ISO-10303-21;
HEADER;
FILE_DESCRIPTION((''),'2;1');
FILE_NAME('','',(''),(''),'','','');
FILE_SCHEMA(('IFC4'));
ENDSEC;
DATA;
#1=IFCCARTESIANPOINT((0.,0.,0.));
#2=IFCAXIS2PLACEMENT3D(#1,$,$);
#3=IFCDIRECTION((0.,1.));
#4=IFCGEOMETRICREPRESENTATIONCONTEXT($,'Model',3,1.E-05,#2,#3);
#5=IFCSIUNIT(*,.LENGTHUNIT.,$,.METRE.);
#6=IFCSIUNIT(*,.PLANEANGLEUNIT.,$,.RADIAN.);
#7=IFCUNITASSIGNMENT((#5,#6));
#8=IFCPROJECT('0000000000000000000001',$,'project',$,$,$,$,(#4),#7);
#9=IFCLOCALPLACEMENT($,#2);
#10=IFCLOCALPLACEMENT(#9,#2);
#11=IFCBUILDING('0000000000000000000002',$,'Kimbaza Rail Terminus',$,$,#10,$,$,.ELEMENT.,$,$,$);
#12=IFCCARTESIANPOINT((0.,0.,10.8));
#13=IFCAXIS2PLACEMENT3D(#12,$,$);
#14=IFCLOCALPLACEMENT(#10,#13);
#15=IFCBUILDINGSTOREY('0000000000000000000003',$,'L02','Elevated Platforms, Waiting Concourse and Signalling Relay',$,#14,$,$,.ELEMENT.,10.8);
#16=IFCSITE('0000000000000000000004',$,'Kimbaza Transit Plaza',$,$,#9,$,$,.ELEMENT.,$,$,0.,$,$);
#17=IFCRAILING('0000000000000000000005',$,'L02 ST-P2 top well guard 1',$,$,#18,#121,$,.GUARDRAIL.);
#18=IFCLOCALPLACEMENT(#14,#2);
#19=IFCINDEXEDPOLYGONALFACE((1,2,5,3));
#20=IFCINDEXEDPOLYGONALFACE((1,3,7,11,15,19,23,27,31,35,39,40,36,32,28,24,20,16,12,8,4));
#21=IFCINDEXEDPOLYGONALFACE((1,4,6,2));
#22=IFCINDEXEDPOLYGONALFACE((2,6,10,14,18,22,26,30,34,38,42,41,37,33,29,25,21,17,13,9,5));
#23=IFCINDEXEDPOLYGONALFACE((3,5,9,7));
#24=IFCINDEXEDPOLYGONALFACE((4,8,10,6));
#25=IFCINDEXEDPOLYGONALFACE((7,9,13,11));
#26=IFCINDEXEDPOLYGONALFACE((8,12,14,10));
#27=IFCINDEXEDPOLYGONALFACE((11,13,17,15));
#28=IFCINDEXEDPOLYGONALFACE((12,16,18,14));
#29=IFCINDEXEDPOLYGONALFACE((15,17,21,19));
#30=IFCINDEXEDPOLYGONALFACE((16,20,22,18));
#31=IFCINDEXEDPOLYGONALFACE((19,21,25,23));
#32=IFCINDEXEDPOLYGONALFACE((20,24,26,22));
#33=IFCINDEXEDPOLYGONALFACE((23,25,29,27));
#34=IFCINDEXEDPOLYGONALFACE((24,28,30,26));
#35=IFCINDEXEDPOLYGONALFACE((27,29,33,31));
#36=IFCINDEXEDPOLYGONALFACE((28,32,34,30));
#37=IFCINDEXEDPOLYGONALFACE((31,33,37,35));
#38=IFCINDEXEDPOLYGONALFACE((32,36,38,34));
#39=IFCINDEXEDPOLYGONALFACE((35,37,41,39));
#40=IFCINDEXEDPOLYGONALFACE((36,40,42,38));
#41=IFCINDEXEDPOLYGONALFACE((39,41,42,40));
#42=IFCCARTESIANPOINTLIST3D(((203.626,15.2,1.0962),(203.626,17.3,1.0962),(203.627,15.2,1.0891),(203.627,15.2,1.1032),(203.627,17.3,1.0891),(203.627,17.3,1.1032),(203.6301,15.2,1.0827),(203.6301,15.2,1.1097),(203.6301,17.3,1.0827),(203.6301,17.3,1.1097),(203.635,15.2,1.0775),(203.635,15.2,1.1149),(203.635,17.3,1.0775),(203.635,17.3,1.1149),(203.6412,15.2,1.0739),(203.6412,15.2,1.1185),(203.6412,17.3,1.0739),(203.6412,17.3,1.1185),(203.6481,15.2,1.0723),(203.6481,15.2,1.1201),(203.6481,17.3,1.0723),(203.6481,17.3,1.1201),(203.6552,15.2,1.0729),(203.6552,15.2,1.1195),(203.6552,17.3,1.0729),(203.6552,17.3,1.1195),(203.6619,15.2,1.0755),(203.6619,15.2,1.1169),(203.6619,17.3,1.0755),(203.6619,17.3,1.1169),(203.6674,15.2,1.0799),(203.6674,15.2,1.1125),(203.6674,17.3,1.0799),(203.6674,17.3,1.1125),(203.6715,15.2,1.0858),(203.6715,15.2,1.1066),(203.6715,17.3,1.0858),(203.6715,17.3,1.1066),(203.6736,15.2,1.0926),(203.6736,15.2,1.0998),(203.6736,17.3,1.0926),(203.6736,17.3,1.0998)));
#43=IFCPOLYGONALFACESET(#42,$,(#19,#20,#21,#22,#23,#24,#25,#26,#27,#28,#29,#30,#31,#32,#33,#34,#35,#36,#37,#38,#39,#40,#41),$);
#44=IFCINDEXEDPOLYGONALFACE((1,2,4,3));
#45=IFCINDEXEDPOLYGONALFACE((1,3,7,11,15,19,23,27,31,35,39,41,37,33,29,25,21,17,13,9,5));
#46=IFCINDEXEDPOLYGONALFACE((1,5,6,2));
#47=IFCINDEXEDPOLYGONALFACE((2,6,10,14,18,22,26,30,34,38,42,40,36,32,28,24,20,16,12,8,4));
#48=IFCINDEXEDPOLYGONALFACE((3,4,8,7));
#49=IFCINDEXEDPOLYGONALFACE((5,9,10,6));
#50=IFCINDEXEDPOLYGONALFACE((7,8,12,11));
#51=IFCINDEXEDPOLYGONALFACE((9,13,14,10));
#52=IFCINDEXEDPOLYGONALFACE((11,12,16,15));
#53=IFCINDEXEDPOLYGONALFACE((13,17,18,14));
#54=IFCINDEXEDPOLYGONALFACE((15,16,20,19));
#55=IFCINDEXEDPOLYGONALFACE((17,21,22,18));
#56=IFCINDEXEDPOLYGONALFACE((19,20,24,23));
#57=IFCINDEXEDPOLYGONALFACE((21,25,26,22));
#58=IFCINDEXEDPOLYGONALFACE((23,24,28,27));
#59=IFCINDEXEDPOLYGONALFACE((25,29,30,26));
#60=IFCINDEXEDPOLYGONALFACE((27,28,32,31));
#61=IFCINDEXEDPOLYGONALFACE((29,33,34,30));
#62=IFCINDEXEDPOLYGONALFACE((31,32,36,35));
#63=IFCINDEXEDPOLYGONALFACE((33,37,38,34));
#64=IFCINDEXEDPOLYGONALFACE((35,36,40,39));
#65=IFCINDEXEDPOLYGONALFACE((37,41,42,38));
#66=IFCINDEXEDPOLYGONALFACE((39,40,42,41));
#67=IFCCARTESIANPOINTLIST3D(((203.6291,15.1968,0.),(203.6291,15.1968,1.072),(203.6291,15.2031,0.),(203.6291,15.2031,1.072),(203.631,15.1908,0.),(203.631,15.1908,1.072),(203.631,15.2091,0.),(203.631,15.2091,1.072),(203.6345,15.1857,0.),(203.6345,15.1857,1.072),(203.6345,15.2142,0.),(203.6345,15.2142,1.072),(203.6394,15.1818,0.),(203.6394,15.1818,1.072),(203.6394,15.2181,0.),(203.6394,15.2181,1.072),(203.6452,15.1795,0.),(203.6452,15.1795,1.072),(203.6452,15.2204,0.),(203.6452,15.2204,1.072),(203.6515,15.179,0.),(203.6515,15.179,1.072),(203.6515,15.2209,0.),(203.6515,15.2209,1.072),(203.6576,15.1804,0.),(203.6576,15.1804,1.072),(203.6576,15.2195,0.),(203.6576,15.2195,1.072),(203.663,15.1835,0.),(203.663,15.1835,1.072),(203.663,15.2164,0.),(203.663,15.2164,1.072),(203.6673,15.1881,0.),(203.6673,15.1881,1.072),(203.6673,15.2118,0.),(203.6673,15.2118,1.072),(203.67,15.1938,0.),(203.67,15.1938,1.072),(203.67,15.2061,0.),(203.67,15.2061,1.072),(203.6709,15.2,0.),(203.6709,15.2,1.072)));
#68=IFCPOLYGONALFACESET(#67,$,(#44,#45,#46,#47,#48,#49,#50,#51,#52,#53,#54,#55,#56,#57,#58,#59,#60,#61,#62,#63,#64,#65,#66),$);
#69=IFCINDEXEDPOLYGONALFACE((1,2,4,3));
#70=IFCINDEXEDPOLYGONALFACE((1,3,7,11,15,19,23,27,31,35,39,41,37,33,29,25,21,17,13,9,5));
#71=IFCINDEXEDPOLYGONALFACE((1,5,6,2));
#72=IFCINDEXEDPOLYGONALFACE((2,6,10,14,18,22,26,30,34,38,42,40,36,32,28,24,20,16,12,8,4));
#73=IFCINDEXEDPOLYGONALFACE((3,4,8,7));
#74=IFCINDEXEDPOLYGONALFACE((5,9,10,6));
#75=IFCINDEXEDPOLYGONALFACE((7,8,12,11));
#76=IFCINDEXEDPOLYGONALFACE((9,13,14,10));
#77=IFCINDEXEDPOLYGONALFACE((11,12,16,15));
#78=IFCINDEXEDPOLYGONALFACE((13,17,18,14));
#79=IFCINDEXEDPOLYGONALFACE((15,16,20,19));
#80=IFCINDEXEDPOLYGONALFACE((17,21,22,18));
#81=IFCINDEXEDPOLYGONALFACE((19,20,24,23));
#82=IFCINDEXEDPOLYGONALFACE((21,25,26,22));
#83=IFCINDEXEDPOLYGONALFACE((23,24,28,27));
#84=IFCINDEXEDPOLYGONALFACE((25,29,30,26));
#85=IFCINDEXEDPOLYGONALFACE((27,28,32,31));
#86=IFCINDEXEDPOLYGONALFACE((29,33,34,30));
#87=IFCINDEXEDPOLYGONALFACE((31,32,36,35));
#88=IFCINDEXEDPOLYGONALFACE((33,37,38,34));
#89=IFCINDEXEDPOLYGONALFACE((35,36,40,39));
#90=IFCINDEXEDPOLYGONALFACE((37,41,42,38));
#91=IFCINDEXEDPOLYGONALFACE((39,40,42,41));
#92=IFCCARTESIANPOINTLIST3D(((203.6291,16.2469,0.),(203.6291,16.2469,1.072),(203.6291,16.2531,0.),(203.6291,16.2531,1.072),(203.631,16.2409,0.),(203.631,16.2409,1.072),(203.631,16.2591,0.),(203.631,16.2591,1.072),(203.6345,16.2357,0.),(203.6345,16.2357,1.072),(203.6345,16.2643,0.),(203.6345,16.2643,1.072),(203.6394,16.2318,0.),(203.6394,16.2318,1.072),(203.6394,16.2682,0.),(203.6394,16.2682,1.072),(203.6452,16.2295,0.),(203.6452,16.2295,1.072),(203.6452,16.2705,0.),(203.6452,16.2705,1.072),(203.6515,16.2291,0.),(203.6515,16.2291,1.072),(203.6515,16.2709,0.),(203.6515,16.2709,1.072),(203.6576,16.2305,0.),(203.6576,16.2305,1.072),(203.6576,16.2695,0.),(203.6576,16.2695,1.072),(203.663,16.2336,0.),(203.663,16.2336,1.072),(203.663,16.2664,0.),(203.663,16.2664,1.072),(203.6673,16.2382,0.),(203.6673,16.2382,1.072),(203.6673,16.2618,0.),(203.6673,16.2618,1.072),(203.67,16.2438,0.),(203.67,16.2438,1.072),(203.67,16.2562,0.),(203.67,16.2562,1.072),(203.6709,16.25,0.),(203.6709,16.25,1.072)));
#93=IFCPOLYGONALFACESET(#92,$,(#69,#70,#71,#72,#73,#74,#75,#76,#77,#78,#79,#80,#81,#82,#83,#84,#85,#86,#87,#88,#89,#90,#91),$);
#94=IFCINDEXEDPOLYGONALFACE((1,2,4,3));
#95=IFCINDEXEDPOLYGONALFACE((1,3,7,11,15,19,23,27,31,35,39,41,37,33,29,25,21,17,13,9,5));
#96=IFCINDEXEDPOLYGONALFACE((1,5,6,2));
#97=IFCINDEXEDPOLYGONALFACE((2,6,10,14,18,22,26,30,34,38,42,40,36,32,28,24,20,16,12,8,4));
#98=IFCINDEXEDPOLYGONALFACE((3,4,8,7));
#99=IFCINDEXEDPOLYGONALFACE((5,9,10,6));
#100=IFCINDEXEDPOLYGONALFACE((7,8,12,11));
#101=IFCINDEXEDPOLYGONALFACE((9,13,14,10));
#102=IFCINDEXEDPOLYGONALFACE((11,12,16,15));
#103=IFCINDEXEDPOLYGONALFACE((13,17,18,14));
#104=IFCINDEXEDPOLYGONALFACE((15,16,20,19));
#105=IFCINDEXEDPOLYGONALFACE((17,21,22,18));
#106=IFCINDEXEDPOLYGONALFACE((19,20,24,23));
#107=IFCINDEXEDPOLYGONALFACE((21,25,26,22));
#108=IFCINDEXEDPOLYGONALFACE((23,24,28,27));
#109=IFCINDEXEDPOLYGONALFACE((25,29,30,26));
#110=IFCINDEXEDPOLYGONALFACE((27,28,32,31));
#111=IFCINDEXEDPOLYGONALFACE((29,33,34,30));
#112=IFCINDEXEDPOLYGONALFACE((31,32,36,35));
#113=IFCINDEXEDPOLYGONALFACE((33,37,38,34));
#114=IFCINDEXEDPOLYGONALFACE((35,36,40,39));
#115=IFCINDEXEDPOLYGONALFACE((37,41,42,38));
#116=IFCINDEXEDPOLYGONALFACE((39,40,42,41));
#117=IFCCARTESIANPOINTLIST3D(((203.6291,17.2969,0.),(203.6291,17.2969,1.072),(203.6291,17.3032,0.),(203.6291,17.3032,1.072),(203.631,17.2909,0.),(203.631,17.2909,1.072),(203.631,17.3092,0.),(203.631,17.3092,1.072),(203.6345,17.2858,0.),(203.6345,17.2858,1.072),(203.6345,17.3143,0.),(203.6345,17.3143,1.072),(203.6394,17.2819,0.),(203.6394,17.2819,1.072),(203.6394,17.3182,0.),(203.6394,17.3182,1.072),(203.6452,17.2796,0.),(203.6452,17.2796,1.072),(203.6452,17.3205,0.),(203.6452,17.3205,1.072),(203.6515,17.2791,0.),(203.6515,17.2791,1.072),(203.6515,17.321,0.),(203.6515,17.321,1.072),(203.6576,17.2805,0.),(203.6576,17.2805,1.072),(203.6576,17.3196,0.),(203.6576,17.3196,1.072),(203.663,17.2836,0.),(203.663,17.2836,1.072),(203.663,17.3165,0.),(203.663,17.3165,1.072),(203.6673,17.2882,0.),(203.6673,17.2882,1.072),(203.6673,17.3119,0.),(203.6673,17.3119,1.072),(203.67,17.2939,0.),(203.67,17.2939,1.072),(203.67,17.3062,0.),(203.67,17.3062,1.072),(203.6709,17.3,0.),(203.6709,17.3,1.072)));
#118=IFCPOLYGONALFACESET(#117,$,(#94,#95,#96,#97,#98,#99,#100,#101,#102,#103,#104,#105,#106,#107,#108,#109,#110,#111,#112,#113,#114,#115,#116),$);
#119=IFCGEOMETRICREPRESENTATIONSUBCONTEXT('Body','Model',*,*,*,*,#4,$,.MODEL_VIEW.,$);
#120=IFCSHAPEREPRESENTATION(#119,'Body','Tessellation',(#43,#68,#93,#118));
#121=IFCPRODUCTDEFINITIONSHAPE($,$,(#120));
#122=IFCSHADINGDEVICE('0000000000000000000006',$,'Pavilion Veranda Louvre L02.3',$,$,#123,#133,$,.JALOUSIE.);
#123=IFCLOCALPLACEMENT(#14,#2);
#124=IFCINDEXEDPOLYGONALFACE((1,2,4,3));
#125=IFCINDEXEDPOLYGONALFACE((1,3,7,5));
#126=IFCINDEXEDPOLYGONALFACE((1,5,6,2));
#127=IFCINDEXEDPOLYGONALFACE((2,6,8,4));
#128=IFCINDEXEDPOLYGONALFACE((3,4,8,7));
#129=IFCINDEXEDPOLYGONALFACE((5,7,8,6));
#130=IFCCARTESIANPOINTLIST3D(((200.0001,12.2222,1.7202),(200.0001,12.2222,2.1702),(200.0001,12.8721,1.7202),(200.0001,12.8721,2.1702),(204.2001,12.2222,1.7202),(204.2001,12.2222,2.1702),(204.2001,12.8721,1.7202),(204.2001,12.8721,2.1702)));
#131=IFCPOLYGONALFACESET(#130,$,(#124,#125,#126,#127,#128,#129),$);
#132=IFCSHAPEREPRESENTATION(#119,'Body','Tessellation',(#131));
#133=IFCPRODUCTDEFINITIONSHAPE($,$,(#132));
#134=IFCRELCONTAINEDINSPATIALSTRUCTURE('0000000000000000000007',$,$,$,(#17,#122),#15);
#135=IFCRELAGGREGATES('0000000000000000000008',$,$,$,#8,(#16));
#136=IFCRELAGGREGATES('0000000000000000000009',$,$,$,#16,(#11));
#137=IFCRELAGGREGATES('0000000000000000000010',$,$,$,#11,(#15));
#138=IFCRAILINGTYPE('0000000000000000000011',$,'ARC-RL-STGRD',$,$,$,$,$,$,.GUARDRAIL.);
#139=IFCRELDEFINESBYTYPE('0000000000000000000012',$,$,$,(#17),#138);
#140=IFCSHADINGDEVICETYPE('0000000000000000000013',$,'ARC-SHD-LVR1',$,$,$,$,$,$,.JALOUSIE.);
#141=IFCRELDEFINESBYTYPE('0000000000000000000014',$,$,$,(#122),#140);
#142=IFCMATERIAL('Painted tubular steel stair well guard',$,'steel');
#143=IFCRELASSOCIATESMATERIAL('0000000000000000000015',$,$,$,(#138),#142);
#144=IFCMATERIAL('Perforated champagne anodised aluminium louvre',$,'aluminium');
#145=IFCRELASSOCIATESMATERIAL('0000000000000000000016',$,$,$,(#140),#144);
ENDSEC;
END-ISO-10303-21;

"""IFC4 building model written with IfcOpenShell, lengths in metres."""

from ifc_helpers import new_model, si_unit, direction, frame, origin, origin_2d, place, context, subcontext, project, spatial, rectangle, circle, extrude, material, type_object, element, save


model = new_model("IFC4")

# Units and contexts
model_context = context("Model", 3, precision=1e-05, world=origin(), true_north=direction((0.0, 1.0)))
body_context = subcontext(model_context, "Body", "Model", "MODEL_VIEW")
ifc_project = project(units=[si_unit("LENGTHUNIT", "METRE"), si_unit("PLANEANGLEUNIT", "RADIAN")], contexts=[model_context])

# Site, building, storey
site_placement = place(None, origin())
site = spatial("IfcSite", under=ifc_project, at=site_placement, Name="Kimbaza Transit Plaza", CompositionType="ELEMENT", RefElevation=0.0)
building_placement = place(site_placement, origin())
building = spatial("IfcBuilding", under=site, at=building_placement, Name="Kimbaza Rail Terminus", CompositionType="ELEMENT")
storey_placement = place(building_placement, frame((0.0, 0.0, 10.8)))
storey = spatial("IfcBuildingStorey", under=building, at=storey_placement, Name="L02", Description="Elevated Platforms, Waiting Concourse and Signalling Relay", CompositionType="ELEMENT", Elevation=10.8)

# Railing
ifc_material_1 = material(Name="Painted tubular steel stair well guard", Category="steel")
railing_type = type_object("IfcRailingType", Name="ARC-RL-STGRD", PredefinedType="GUARDRAIL", material=ifc_material_1)
railing_placement = place(storey_placement, frame((203.6499, 15.2, 0.0)))
element("IfcRailing", 1, at=railing_placement, inside=storey, type_object=railing_type, Name="L02 ST-P2 top well guard 1", PredefinedType="GUARDRAIL", context=body_context, shape_type="SweptSolid", body=[
    extrude(circle(Radius=0.0239, at=origin_2d()), frame((0.0, 0.0, 1.0962), z_axis=(0.0, 1.0, 0.0), x_axis=(-1.0, 0.0, 0.0)), (0.0, 0.0, 1.0), 2.1001),
    extrude(circle(Radius=0.021, at=origin_2d()), origin(), (0.0, 0.0, 1.0), 1.072),
    extrude(circle(Radius=0.021, at=origin_2d()), frame((0.0, 1.05, 0.0)), (0.0, 0.0, 1.0), 1.072),
    extrude(circle(Radius=0.021, at=origin_2d()), frame((0.0, 2.1001, 0.0)), (0.0, 0.0, 1.0), 1.072),
])

# Shading device
ifc_material_2 = material(Name="Perforated champagne anodised aluminium louvre", Category="aluminium")
shading_device_type = type_object("IfcShadingDeviceType", Name="ARC-SHD-LVR1", PredefinedType="JALOUSIE", material=ifc_material_2)
shading_device_placement = place(storey_placement, frame((202.1001, 12.5471, 1.7202), z_axis=(0.0, 0.0, 1.0), x_axis=(1.0, 0.0, 0.0)))
element("IfcShadingDevice", 2, at=shading_device_placement, inside=storey, type_object=shading_device_type, Name="Pavilion Veranda Louvre L02.3", PredefinedType="JALOUSIE", context=body_context, shape_type="SweptSolid", body=[
    extrude(rectangle(XDim=4.2, YDim=0.6499, at=origin_2d()), origin(), (0.0, 0.0, 1.0), 0.45),
])

save(model, "model.ifc")
